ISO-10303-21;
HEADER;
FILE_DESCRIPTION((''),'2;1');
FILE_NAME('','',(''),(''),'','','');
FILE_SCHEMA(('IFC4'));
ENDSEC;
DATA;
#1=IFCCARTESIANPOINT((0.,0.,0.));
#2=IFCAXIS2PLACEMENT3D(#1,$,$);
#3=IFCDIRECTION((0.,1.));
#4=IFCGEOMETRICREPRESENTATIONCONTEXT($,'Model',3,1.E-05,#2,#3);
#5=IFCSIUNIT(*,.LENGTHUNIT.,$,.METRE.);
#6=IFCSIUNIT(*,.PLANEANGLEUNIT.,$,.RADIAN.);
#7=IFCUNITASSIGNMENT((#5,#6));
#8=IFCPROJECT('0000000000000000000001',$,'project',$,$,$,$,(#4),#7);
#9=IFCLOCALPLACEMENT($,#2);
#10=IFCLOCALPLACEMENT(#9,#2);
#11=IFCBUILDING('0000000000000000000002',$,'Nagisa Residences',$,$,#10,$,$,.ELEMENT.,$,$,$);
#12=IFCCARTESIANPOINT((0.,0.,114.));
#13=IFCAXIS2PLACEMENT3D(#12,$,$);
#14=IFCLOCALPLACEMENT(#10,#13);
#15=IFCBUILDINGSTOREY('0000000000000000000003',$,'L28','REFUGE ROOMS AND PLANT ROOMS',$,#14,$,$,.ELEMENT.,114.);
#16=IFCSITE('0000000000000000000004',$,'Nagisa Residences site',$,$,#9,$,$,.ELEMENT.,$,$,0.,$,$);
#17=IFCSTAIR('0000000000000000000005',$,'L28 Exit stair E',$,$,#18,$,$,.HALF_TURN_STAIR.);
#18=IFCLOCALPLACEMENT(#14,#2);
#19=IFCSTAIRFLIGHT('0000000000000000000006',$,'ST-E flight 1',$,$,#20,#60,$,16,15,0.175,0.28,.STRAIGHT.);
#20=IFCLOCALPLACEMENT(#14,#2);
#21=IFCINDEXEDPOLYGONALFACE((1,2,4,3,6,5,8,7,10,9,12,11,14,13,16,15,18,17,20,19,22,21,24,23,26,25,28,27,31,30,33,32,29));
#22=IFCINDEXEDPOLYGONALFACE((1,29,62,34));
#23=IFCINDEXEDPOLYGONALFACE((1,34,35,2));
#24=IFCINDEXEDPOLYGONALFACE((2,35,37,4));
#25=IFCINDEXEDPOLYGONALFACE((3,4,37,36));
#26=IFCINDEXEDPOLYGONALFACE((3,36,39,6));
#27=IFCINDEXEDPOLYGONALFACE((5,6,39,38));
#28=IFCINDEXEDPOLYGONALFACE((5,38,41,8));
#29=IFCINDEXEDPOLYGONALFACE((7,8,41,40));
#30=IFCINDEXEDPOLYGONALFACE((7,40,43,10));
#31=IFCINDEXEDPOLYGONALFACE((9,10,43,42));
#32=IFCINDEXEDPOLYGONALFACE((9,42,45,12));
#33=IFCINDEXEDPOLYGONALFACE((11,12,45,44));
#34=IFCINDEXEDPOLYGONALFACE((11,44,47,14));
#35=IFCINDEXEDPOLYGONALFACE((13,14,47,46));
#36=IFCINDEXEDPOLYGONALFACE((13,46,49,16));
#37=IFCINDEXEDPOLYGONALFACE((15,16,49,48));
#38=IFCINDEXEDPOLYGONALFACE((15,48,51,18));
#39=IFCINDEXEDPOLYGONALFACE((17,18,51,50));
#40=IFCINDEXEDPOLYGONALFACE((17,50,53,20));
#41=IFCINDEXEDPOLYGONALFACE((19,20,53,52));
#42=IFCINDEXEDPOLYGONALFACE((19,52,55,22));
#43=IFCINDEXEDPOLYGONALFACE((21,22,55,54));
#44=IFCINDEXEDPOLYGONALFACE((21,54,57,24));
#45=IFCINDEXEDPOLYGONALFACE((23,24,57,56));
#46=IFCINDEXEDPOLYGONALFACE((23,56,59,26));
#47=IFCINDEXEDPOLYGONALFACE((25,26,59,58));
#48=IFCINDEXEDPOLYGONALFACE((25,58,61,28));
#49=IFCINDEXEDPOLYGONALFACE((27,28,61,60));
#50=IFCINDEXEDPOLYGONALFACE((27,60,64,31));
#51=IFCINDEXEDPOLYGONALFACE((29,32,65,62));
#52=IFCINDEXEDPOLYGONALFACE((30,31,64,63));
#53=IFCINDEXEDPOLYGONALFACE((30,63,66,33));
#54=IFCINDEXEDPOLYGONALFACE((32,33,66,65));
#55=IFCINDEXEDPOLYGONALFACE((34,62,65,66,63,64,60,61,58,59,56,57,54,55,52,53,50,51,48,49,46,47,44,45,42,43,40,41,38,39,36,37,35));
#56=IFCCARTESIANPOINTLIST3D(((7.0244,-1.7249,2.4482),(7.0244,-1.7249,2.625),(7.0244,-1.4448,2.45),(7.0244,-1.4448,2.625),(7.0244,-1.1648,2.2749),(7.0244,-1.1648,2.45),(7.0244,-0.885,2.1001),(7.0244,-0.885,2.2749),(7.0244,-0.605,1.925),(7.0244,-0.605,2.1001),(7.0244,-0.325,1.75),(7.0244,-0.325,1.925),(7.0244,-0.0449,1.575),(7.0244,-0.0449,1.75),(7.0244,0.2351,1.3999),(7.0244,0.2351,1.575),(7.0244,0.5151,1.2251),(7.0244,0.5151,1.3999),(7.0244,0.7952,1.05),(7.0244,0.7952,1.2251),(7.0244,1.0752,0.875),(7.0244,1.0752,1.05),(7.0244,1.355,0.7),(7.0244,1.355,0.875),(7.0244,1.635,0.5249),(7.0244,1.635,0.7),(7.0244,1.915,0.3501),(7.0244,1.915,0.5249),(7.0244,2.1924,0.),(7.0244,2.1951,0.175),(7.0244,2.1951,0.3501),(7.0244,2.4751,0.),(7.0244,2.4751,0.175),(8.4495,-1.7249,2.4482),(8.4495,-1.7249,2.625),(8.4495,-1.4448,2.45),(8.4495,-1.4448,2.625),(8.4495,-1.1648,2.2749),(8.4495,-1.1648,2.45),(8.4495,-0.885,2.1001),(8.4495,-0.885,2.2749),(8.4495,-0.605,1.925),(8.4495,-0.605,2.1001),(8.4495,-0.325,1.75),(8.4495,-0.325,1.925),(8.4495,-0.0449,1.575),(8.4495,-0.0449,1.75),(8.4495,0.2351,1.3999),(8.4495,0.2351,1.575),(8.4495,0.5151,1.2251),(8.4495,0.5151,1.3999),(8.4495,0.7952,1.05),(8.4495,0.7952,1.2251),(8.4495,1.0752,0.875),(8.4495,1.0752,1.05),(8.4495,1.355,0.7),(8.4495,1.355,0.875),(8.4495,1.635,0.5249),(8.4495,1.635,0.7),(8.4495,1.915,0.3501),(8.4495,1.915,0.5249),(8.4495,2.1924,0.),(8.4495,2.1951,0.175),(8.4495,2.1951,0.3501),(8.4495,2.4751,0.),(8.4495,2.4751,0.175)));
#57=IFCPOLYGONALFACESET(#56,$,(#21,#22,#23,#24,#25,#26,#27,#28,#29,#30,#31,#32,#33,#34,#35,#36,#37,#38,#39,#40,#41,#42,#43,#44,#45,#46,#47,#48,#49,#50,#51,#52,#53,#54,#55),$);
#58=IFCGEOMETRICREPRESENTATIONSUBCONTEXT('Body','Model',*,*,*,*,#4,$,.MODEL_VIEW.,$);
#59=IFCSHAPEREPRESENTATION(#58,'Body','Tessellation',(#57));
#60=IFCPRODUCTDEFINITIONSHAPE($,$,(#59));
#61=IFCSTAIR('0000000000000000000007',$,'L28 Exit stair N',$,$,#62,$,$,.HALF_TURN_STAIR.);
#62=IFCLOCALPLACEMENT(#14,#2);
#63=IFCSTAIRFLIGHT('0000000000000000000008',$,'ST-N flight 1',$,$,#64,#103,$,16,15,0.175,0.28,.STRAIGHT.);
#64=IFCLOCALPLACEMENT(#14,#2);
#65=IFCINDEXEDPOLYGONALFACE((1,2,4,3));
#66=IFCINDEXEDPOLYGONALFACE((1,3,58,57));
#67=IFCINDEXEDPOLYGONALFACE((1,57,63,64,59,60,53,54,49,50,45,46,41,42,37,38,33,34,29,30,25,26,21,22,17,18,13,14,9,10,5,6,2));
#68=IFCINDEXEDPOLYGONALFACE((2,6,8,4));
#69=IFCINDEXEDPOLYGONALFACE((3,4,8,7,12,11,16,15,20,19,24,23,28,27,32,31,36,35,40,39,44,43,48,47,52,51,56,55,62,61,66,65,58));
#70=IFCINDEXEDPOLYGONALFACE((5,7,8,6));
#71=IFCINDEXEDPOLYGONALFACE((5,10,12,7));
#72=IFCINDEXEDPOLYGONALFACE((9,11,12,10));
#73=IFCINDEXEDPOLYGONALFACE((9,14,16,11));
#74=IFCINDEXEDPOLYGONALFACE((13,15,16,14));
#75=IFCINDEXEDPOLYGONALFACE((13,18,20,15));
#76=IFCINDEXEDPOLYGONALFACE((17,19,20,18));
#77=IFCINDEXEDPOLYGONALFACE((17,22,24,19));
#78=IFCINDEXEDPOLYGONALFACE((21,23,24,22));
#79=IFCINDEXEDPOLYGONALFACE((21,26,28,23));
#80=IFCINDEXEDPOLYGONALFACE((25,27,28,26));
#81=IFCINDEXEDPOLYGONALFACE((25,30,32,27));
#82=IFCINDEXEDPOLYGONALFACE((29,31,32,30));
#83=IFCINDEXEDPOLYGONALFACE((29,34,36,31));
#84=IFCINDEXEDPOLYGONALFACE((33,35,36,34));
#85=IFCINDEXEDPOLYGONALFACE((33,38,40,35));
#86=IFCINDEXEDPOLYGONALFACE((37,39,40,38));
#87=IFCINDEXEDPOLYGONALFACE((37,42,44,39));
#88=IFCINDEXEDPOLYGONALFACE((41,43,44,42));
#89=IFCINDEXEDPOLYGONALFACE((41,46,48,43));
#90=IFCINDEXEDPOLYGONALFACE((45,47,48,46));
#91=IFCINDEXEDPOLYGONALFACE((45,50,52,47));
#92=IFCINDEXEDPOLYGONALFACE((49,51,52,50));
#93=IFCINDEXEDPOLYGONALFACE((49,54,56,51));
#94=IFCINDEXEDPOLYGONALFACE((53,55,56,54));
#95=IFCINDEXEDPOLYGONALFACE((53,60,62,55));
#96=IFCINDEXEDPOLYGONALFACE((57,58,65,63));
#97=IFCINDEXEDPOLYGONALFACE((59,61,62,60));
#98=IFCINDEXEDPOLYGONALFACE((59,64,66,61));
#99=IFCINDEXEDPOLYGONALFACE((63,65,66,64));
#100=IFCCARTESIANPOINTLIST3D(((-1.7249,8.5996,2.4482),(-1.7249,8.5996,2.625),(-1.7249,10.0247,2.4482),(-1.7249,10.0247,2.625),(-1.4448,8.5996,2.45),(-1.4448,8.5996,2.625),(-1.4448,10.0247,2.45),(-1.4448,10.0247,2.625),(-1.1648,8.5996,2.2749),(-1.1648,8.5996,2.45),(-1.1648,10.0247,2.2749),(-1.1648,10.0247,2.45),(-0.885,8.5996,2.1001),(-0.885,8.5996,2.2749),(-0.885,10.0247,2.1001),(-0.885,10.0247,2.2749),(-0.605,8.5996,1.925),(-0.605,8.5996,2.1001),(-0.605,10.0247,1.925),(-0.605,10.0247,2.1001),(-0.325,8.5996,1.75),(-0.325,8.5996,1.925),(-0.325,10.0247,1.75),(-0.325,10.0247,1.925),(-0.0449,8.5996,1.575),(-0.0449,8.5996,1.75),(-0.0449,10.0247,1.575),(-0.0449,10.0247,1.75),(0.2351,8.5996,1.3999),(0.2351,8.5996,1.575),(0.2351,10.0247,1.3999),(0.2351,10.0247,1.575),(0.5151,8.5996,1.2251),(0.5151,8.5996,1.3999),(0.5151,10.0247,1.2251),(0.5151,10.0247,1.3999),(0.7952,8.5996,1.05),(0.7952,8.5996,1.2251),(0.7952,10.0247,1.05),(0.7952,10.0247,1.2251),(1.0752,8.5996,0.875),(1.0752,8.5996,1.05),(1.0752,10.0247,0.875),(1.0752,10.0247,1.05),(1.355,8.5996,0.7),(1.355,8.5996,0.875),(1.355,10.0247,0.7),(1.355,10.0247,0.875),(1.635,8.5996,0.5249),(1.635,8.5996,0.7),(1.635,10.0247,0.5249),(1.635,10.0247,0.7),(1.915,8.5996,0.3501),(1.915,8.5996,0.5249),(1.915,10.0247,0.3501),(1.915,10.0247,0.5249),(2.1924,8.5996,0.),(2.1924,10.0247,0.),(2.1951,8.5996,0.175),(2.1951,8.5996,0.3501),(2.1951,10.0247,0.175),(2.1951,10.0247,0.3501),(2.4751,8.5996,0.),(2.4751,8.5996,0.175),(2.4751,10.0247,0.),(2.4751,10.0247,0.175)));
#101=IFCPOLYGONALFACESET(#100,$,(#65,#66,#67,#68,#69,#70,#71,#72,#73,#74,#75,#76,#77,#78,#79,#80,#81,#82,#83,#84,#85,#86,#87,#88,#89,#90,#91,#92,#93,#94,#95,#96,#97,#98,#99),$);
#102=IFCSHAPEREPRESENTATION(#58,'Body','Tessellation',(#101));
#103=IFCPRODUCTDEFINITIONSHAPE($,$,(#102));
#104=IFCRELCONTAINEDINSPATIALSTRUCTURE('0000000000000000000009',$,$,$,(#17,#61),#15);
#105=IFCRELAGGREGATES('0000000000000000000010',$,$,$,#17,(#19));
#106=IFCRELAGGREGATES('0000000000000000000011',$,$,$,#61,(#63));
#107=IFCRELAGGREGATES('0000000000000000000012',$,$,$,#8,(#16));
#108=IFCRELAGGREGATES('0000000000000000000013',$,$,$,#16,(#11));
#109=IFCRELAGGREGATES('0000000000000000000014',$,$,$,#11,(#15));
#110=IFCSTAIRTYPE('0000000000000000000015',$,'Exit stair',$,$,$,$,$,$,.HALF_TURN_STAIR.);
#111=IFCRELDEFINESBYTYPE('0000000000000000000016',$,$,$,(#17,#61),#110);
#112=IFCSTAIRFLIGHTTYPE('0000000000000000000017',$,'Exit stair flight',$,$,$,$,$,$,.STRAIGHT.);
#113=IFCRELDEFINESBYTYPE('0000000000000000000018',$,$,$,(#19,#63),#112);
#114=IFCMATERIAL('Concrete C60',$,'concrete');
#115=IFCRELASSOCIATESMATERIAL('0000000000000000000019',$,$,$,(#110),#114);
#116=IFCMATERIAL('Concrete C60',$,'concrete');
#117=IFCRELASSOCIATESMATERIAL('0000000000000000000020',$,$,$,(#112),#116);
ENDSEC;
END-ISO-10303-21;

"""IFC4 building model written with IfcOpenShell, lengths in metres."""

from ifc_helpers import new_model, si_unit, direction, frame, origin, place, context, subcontext, project, spatial, polyline, outline, extrude, material, type_object, element, aggregate, save


model = new_model("IFC4")

# Units and contexts
model_context = context("Model", 3, precision=1e-05, world=origin(), true_north=direction((0.0, 1.0)))
body_context = subcontext(model_context, "Body", "Model", "MODEL_VIEW")
ifc_project = project(units=[si_unit("LENGTHUNIT", "METRE"), si_unit("PLANEANGLEUNIT", "RADIAN")], contexts=[model_context])

# Site, building, storey
site_placement = place(None, origin())
site = spatial("IfcSite", under=ifc_project, at=site_placement, Name="Nagisa Residences site", CompositionType="ELEMENT", RefElevation=0.0)
building_placement = place(site_placement, origin())
building = spatial("IfcBuilding", under=site, at=building_placement, Name="Nagisa Residences", CompositionType="ELEMENT")
storey_placement = place(building_placement, frame((0.0, 0.0, 114.0)))
storey = spatial("IfcBuildingStorey", under=building, at=storey_placement, Name="L28", Description="REFUGE ROOMS AND PLANT ROOMS", CompositionType="ELEMENT", Elevation=114.0)

# Stairs, stair flights
ifc_material_1 = material(Name="Concrete C60", Category="concrete")
stair_type = type_object("IfcStairType", Name="Exit stair", PredefinedType="HALF_TURN_STAIR", material=ifc_material_1)
stair_1_placement = place(storey_placement, origin())
stair_1 = element("IfcStair", 1, at=stair_1_placement, inside=storey, type_object=stair_type, Name="L28 Exit stair E", PredefinedType="HALF_TURN_STAIR")
ifc_material_2 = material(Name="Concrete C60", Category="concrete")
stair_flight_type = type_object("IfcStairFlightType", Name="Exit stair flight", PredefinedType="STRAIGHT", material=ifc_material_2)
stair_flight_1_placement = place(storey_placement, frame((7.7371, 2.4751, 0.0), z_axis=(0.0, 0.0, 1.0), x_axis=(0.0, -1.0, 0.0)))
stair_flight_1 = element("IfcStairFlight", 2, at=stair_flight_1_placement, type_object=stair_flight_type, Name="ST-E flight 1", NumberOfRisers=16, NumberOfTreads=15, PredefinedType="STRAIGHT", RiserHeight=0.175, TreadLength=0.28, context=body_context, shape_type="SweptSolid", body=[
    extrude(outline(polyline([(0.0, 0.0), (0.0, 0.175), (0.28, 0.175), (0.28, 0.3501), (0.5601, 0.3501), (0.5601, 0.5249), (0.8401, 0.5249), (0.8401, 0.7), (1.1201, 0.7), (1.1201, 0.875), (1.3999, 0.875), (1.3999, 1.05), (1.6799, 1.05), (1.6799, 1.2251), (1.96, 1.2251), (1.96, 1.3999), (2.24, 1.3999), (2.24, 1.575), (2.52, 1.575), (2.52, 1.75), (2.8, 1.75), (2.8, 1.925), (3.0801, 1.925), (3.0801, 2.1001), (3.3601, 2.1001), (3.3601, 2.2749), (3.6399, 2.2749), (3.6399, 2.45), (3.9199, 2.45), (3.9199, 2.625), (4.2, 2.625), (4.2, 2.8), (4.2, 2.4482), (0.2827, 0.0), (0.0, 0.0)])), frame((0.0, 0.7124, 0.0), z_axis=(0.0, -1.0, 0.0), x_axis=(1.0, 0.0, 0.0)), (0.0, 0.0, 1.0), 1.425),
])
aggregate(stair_1, [stair_flight_1])
stair_2_placement = place(storey_placement, origin())
stair_2 = element("IfcStair", 3, at=stair_2_placement, inside=storey, type_object=stair_type, Name="L28 Exit stair N", PredefinedType="HALF_TURN_STAIR")
stair_flight_2_placement = place(storey_placement, frame((2.4751, 9.312, 0.0), z_axis=(0.0, 0.0, 1.0), x_axis=(-1.0, 0.0, 0.0)))
stair_flight_2 = element("IfcStairFlight", 4, at=stair_flight_2_placement, type_object=stair_flight_type, Name="ST-N flight 1", NumberOfRisers=16, NumberOfTreads=15, PredefinedType="STRAIGHT", RiserHeight=0.175, TreadLength=0.28, context=body_context, shape_type="SweptSolid", body=[
    extrude(outline(polyline([(0.0, 0.0), (0.0, 0.175), (0.28, 0.175), (0.28, 0.3501), (0.5601, 0.3501), (0.5601, 0.5249), (0.8401, 0.5249), (0.8401, 0.7), (1.1201, 0.7), (1.1201, 0.875), (1.3999, 0.875), (1.3999, 1.05), (1.6799, 1.05), (1.6799, 1.2251), (1.96, 1.2251), (1.96, 1.3999), (2.24, 1.3999), (2.24, 1.575), (2.52, 1.575), (2.52, 1.75), (2.8, 1.75), (2.8, 1.925), (3.0801, 1.925), (3.0801, 2.1001), (3.3601, 2.1001), (3.3601, 2.2749), (3.6399, 2.2749), (3.6399, 2.45), (3.9199, 2.45), (3.9199, 2.625), (4.2, 2.625), (4.2, 2.8), (4.2, 2.4482), (0.2827, 0.0), (0.0, 0.0)])), frame((0.0, 0.7124, 0.0), z_axis=(0.0, -1.0, 0.0), x_axis=(1.0, 0.0, 0.0)), (0.0, 0.0, 1.0), 1.425),
])
aggregate(stair_2, [stair_flight_2])

save(model, "model.ifc")
